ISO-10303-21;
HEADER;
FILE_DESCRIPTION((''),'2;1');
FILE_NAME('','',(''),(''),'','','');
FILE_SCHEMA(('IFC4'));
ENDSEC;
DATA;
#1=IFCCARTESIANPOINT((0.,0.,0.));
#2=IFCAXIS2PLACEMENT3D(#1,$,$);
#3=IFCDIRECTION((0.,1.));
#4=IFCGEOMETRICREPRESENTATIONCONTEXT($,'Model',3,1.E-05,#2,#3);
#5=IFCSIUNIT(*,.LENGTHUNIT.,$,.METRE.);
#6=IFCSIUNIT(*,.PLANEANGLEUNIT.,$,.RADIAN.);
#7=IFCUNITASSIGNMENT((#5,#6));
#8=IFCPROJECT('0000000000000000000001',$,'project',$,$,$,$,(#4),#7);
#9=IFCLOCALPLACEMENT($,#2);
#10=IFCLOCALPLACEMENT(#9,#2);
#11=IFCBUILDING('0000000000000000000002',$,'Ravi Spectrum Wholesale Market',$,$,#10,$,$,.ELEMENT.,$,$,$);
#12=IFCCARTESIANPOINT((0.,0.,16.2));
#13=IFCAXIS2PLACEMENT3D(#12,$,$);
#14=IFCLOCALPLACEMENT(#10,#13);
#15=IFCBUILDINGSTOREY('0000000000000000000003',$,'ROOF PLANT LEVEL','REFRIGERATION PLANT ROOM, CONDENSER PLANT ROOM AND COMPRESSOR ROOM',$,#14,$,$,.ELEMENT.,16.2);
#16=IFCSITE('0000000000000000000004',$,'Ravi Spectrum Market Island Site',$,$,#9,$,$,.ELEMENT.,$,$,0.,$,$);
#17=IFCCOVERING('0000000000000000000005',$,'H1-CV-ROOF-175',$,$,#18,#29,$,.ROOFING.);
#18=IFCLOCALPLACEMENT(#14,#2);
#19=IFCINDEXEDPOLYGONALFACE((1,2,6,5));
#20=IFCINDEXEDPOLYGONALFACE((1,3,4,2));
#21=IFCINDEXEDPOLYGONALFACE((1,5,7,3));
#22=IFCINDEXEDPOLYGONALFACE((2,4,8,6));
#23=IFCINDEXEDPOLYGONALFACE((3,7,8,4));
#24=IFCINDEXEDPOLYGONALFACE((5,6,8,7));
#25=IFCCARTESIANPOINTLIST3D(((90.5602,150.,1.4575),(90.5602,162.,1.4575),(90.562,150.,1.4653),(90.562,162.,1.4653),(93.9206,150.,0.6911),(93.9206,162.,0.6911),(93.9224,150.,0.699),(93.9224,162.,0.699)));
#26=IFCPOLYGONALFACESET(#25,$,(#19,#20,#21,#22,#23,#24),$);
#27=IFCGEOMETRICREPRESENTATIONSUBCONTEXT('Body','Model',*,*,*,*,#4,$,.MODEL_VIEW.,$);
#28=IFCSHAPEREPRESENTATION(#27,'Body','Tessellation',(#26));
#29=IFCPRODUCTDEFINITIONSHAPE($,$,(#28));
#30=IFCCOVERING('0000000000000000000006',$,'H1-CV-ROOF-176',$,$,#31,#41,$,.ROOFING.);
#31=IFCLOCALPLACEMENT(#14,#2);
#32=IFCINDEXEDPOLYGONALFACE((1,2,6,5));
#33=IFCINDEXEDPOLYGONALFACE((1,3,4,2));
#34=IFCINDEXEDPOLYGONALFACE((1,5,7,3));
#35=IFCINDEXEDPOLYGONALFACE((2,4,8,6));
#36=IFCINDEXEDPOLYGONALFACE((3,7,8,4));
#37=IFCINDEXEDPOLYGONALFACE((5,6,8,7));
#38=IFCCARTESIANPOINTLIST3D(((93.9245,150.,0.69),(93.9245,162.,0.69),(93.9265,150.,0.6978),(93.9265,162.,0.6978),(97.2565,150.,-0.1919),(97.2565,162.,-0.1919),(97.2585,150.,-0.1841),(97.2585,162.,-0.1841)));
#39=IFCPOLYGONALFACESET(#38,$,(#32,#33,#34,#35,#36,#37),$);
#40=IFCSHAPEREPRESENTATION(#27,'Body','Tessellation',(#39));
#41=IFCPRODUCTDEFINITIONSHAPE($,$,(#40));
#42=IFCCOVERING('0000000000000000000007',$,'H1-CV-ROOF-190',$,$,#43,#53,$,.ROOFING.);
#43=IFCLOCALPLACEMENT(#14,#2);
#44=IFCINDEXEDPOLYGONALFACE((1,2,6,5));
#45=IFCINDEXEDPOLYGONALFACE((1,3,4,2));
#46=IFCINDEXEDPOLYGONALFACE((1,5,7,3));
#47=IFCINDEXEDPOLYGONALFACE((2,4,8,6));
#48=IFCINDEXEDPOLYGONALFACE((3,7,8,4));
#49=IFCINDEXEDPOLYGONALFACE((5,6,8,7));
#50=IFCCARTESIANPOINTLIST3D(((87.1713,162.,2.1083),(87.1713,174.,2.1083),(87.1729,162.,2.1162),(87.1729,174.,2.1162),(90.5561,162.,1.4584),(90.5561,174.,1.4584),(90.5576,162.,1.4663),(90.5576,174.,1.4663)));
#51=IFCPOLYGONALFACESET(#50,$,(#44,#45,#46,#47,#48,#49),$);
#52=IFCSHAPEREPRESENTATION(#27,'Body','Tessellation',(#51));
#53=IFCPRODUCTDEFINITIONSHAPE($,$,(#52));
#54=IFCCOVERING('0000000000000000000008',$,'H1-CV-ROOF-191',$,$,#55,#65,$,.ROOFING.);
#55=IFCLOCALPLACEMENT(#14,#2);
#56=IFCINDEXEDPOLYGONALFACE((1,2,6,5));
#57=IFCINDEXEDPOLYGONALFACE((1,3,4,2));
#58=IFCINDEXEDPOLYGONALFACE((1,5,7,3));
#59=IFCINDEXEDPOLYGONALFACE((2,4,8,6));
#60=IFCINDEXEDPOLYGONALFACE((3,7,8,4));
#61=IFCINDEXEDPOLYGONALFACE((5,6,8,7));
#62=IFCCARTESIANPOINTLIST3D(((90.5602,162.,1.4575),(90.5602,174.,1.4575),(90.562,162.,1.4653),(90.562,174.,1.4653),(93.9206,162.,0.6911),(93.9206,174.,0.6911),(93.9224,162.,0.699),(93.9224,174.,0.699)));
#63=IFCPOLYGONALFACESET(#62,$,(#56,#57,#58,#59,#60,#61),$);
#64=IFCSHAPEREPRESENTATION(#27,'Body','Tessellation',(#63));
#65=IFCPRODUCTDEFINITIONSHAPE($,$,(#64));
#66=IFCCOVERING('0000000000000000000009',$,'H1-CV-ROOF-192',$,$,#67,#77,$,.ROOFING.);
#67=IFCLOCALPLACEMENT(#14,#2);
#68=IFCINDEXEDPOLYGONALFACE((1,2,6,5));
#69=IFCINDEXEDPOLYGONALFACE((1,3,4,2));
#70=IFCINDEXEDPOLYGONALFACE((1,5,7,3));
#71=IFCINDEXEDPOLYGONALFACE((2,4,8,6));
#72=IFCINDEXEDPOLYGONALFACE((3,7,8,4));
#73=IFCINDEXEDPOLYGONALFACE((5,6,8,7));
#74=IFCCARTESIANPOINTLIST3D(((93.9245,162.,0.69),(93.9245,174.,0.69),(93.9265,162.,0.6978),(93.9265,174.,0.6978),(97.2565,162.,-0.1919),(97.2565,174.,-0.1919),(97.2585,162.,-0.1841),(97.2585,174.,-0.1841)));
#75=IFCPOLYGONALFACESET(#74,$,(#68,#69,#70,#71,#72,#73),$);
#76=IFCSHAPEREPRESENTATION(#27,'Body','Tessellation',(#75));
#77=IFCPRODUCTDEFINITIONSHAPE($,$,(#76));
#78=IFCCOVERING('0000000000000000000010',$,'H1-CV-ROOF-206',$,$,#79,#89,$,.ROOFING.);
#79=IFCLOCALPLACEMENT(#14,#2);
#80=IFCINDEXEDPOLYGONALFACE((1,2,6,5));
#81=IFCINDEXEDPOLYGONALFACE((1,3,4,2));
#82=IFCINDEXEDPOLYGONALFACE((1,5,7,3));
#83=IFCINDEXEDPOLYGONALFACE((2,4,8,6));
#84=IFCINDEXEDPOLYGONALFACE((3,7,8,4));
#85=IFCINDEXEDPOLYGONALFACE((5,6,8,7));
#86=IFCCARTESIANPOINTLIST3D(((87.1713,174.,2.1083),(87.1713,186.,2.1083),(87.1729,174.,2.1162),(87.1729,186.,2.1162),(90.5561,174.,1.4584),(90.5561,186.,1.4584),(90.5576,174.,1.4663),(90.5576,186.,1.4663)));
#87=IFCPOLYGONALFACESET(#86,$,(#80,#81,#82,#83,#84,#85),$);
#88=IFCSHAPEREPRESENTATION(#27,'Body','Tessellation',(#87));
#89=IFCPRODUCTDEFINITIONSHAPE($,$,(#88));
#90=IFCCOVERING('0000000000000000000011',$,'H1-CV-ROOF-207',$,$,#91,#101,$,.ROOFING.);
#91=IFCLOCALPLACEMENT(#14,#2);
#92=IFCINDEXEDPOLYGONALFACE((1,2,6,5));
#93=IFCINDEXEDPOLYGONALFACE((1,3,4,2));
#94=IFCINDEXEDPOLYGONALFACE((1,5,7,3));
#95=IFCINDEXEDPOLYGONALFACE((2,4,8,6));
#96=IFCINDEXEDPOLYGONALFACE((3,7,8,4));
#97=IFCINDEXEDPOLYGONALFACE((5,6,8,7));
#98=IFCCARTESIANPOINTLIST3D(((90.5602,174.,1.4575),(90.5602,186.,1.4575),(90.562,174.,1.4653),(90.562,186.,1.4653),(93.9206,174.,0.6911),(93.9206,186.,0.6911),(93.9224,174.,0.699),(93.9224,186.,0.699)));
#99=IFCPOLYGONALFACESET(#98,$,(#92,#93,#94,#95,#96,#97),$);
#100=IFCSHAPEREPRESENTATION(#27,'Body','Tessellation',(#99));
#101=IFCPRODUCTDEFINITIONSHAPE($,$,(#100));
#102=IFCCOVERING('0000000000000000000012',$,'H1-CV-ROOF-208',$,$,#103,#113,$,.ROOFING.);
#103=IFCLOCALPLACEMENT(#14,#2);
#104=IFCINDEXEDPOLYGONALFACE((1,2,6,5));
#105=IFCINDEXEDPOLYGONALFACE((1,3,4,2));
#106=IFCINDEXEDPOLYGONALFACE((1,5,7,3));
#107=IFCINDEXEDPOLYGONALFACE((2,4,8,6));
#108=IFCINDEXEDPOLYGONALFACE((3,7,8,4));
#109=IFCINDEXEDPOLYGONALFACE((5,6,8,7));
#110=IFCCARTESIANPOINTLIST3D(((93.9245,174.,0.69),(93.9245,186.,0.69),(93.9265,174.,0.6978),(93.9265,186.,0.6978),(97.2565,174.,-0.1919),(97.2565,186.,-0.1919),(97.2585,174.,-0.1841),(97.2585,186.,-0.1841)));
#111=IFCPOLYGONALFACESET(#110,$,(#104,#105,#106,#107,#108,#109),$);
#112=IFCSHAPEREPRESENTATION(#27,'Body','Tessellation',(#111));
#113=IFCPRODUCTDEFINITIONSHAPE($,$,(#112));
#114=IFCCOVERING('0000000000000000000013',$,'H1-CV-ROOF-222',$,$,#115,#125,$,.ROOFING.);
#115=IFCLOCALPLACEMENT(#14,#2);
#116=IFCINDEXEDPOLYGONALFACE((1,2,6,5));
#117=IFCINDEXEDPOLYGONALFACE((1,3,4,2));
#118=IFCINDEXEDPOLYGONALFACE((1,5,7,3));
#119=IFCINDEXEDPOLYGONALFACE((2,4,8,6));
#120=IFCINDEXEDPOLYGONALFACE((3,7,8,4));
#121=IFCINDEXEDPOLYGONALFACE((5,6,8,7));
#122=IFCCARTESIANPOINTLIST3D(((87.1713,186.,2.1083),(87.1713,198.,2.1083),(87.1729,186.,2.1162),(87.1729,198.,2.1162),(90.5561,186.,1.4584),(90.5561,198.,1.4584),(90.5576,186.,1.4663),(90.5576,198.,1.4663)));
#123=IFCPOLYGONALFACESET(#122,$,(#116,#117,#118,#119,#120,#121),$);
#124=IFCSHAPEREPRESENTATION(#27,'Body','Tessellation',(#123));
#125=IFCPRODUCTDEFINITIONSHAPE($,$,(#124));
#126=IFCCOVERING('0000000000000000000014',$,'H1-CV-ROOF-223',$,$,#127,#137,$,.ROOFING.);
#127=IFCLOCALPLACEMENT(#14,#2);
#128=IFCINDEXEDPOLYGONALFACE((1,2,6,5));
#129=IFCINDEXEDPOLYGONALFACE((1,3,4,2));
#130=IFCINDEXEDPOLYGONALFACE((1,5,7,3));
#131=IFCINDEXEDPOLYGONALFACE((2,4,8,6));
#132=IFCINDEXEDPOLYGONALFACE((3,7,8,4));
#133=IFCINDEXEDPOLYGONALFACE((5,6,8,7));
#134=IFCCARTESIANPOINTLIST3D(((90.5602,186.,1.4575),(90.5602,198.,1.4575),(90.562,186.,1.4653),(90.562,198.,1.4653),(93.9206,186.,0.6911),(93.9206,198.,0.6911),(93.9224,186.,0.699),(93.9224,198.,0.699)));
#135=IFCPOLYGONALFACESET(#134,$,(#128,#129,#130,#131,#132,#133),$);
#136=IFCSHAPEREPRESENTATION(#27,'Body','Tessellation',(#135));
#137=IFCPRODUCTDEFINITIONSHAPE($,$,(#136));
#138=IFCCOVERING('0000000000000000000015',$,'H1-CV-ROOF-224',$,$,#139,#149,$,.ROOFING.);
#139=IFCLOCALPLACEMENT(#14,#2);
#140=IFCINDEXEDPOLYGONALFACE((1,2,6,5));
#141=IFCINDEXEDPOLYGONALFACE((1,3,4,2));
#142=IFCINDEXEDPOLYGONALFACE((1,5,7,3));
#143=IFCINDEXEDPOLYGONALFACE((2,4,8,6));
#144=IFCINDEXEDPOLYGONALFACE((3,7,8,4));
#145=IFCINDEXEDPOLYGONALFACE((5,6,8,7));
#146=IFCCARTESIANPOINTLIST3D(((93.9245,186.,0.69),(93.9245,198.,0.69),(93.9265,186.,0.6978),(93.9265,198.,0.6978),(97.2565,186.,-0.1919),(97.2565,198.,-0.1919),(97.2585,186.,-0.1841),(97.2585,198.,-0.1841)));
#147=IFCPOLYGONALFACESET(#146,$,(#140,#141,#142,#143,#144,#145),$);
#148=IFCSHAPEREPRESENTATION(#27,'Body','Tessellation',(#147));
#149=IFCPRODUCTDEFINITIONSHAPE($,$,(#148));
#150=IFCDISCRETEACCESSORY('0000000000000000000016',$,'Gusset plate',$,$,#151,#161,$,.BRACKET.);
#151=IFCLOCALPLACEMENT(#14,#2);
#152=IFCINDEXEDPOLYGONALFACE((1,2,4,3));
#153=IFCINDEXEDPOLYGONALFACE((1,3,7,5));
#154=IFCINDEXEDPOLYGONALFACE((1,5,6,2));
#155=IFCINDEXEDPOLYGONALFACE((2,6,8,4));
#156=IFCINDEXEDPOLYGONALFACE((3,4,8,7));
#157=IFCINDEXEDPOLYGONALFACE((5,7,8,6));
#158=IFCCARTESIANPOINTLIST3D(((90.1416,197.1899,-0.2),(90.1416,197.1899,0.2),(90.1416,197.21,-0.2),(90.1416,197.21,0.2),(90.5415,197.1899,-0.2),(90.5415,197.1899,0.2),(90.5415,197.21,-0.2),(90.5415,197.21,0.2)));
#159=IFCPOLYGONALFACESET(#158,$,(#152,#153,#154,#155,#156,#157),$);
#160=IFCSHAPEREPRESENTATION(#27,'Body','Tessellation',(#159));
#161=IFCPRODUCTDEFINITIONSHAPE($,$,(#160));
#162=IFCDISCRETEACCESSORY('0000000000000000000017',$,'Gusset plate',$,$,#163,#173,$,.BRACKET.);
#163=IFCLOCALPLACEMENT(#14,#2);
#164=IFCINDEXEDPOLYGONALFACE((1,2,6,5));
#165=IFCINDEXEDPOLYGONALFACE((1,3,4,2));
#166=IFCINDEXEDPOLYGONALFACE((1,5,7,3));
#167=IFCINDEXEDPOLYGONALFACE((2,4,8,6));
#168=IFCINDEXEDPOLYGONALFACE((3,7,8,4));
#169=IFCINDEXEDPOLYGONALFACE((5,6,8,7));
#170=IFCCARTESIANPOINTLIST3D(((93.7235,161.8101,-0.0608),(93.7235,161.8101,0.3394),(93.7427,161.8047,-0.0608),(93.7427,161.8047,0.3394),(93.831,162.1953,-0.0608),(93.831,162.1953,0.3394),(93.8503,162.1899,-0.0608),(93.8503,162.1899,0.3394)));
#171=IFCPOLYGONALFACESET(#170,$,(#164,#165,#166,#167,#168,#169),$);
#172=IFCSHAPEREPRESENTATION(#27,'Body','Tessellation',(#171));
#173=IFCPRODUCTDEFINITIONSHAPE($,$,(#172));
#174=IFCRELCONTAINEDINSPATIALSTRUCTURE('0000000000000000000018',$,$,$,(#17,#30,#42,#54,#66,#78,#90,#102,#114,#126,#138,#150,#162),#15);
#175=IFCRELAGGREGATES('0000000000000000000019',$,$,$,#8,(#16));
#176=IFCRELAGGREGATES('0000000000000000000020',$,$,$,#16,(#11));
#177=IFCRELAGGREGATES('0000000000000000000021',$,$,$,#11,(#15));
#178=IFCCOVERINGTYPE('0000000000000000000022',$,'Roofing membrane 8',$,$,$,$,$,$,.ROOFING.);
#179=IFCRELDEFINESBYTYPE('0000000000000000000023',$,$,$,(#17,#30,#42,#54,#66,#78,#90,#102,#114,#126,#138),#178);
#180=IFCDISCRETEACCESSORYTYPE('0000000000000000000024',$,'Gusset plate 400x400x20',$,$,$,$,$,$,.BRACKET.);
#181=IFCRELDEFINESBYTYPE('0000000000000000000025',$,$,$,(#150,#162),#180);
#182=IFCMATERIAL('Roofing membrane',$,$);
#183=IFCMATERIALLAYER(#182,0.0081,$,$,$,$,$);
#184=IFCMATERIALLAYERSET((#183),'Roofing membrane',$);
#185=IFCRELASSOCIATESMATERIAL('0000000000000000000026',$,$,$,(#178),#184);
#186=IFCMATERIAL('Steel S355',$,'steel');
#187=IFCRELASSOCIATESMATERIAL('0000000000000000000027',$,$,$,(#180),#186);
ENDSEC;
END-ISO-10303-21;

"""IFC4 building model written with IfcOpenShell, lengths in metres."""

from ifc_helpers import new_model, si_unit, direction, frame, origin, origin_2d, place, context, subcontext, project, spatial, polyline, rectangle, outline, extrude, material, layer, layer_set, material_profile, profile_set, type_object, element, save


model = new_model("IFC4")

# Units and contexts
model_context = context("Model", 3, precision=1e-05, world=origin(), true_north=direction((0.0, 1.0)))
body_context = subcontext(model_context, "Body", "Model", "MODEL_VIEW")
ifc_project = project(units=[si_unit("LENGTHUNIT", "METRE"), si_unit("PLANEANGLEUNIT", "RADIAN")], contexts=[model_context])

# Site, building, storey
site_placement = place(None, origin())
site = spatial("IfcSite", under=ifc_project, at=site_placement, Name="Ravi Spectrum Market Island Site", CompositionType="ELEMENT", RefElevation=0.0)
building_placement = place(site_placement, origin())
building = spatial("IfcBuilding", under=site, at=building_placement, Name="Ravi Spectrum Wholesale Market", CompositionType="ELEMENT")
storey_placement = place(building_placement, frame((0.0, 0.0, 16.2)))
storey = spatial("IfcBuildingStorey", under=building, at=storey_placement, Name="ROOF PLANT LEVEL", Description="REFRIGERATION PLANT ROOM, CONDENSER PLANT ROOM AND COMPRESSOR ROOM", CompositionType="ELEMENT", Elevation=16.2)

# Coverings
ifc_material_1 = material(Name="Roofing membrane")
ifc_layer_1 = layer(ifc_material_1, 0.0081)
ifc_layer_set_1 = layer_set([ifc_layer_1], Name="Roofing membrane")
covering_type = type_object("IfcCoveringType", Name="Roofing membrane 8", PredefinedType="ROOFING", material=ifc_layer_set_1)
covering_1_placement = place(storey_placement, frame((90.562, 150.0, 1.4653), z_axis=(0.22235, 0.0, 0.974967), x_axis=(0.974967, 0.0, -0.22235)))
element("IfcCovering", 1, at=covering_1_placement, inside=storey, type_object=covering_type, Name="H1-CV-ROOF-175", PredefinedType="ROOFING", context=body_context, shape_type="SweptSolid", body=[
    extrude(outline(polyline([(0.0, 0.0), (3.4466, 0.0), (3.4466, 12.0), (0.0, 12.0), (0.0, 0.0)])), origin(), (0.0, 0.0, -1.0), 0.0081),
])
covering_2_placement = place(storey_placement, frame((93.9265, 150.0, 0.6978), z_axis=(0.255846, 0.0, 0.966718), x_axis=(0.966718, 0.0, -0.255846)))
element("IfcCovering", 2, at=covering_2_placement, inside=storey, type_object=covering_type, Name="H1-CV-ROOF-176", PredefinedType="ROOFING", context=body_context, shape_type="SweptSolid", body=[
    extrude(outline(polyline([(0.0, 0.0), (3.4467, 0.0), (3.4467, 12.0), (0.0, 12.0), (0.0, 0.0)])), origin(), (0.0, 0.0, -1.0), 0.0081),
])
covering_3_placement = place(storey_placement, frame((87.1729, 162.0, 2.1162), z_axis=(0.188564, 0.0, 0.982061), x_axis=(0.982061, 0.0, -0.188564)))
element("IfcCovering", 3, at=covering_3_placement, inside=storey, type_object=covering_type, Name="H1-CV-ROOF-190", PredefinedType="ROOFING", context=body_context, shape_type="SweptSolid", body=[
    extrude(outline(polyline([(0.0, 0.0), (3.4466, 0.0), (3.4466, 12.0), (0.0, 12.0), (0.0, 0.0)])), origin(), (0.0, 0.0, -1.0), 0.0081),
])
covering_4_placement = place(storey_placement, frame((90.562, 162.0, 1.4653), z_axis=(0.22235, 0.0, 0.974967), x_axis=(0.974967, 0.0, -0.22235)))
element("IfcCovering", 4, at=covering_4_placement, inside=storey, type_object=covering_type, Name="H1-CV-ROOF-191", PredefinedType="ROOFING", context=body_context, shape_type="SweptSolid", body=[
    extrude(outline(polyline([(0.0, 0.0), (3.4466, 0.0), (3.4466, 12.0), (0.0, 12.0), (0.0, 0.0)])), origin(), (0.0, 0.0, -1.0), 0.0081),
])
covering_5_placement = place(storey_placement, frame((93.9265, 162.0, 0.6978), z_axis=(0.255846, 0.0, 0.966718), x_axis=(0.966718, 0.0, -0.255846)))
element("IfcCovering", 5, at=covering_5_placement, inside=storey, type_object=covering_type, Name="H1-CV-ROOF-192", PredefinedType="ROOFING", context=body_context, shape_type="SweptSolid", body=[
    extrude(outline(polyline([(0.0, 0.0), (3.4467, 0.0), (3.4467, 12.0), (0.0, 12.0), (0.0, 0.0)])), origin(), (0.0, 0.0, -1.0), 0.0081),
])
covering_6_placement = place(storey_placement, frame((87.1729, 174.0, 2.1162), z_axis=(0.188564, 0.0, 0.982061), x_axis=(0.982061, 0.0, -0.188564)))
element("IfcCovering", 6, at=covering_6_placement, inside=storey, type_object=covering_type, Name="H1-CV-ROOF-206", PredefinedType="ROOFING", context=body_context, shape_type="SweptSolid", body=[
    extrude(outline(polyline([(0.0, 0.0), (3.4466, 0.0), (3.4466, 12.0), (0.0, 12.0), (0.0, 0.0)])), origin(), (0.0, 0.0, -1.0), 0.0081),
])
covering_7_placement = place(storey_placement, frame((90.562, 174.0, 1.4653), z_axis=(0.22235, 0.0, 0.974967), x_axis=(0.974967, 0.0, -0.22235)))
element("IfcCovering", 7, at=covering_7_placement, inside=storey, type_object=covering_type, Name="H1-CV-ROOF-207", PredefinedType="ROOFING", context=body_context, shape_type="SweptSolid", body=[
    extrude(outline(polyline([(0.0, 0.0), (3.4466, 0.0), (3.4466, 12.0), (0.0, 12.0), (0.0, 0.0)])), origin(), (0.0, 0.0, -1.0), 0.0081),
])
covering_8_placement = place(storey_placement, frame((93.9265, 174.0, 0.6978), z_axis=(0.255846, 0.0, 0.966718), x_axis=(0.966718, 0.0, -0.255846)))
element("IfcCovering", 8, at=covering_8_placement, inside=storey, type_object=covering_type, Name="H1-CV-ROOF-208", PredefinedType="ROOFING", context=body_context, shape_type="SweptSolid", body=[
    extrude(outline(polyline([(0.0, 0.0), (3.4467, 0.0), (3.4467, 12.0), (0.0, 12.0), (0.0, 0.0)])), origin(), (0.0, 0.0, -1.0), 0.0081),
])
covering_9_placement = place(storey_placement, frame((87.1729, 186.0, 2.1162), z_axis=(0.188564, 0.0, 0.982061), x_axis=(0.982061, 0.0, -0.188564)))
element("IfcCovering", 9, at=covering_9_placement, inside=storey, type_object=covering_type, Name="H1-CV-ROOF-222", PredefinedType="ROOFING", context=body_context, shape_type="SweptSolid", body=[
    extrude(outline(polyline([(0.0, 0.0), (3.4466, 0.0), (3.4466, 12.0), (0.0, 12.0), (0.0, 0.0)])), origin(), (0.0, 0.0, -1.0), 0.0081),
])
covering_10_placement = place(storey_placement, frame((90.562, 186.0, 1.4653), z_axis=(0.22235, 0.0, 0.974967), x_axis=(0.974967, 0.0, -0.22235)))
element("IfcCovering", 10, at=covering_10_placement, inside=storey, type_object=covering_type, Name="H1-CV-ROOF-223", PredefinedType="ROOFING", context=body_context, shape_type="SweptSolid", body=[
    extrude(outline(polyline([(0.0, 0.0), (3.4466, 0.0), (3.4466, 12.0), (0.0, 12.0), (0.0, 0.0)])), origin(), (0.0, 0.0, -1.0), 0.0081),
])
covering_11_placement = place(storey_placement, frame((93.9265, 186.0, 0.6978), z_axis=(0.255846, 0.0, 0.966718), x_axis=(0.966718, 0.0, -0.255846)))
element("IfcCovering", 11, at=covering_11_placement, inside=storey, type_object=covering_type, Name="H1-CV-ROOF-224", PredefinedType="ROOFING", context=body_context, shape_type="SweptSolid", body=[
    extrude(outline(polyline([(0.0, 0.0), (3.4467, 0.0), (3.4467, 12.0), (0.0, 12.0), (0.0, 0.0)])), origin(), (0.0, 0.0, -1.0), 0.0081),
])

# Discrete accessories
ifc_material_2 = material(Name="Steel S355", Category="steel")
ifc_material_profile_1 = material_profile(ifc_material_2, rectangle(XDim=0.3999, YDim=0.02, at=origin_2d()))
ifc_profile_set_1 = profile_set([ifc_material_profile_1], Name="Steel S355")
discrete_accessory_type = type_object("IfcDiscreteAccessoryType", Name="Gusset plate 400x400x20", PredefinedType="BRACKET", material=ifc_profile_set_1)
discrete_accessory_1_placement = place(storey_placement, frame((90.3416, 197.2, -0.2), z_axis=(0.0, 0.0, 1.0), x_axis=(1.0, 0.0, 0.0)))
element("IfcDiscreteAccessory", 12, at=discrete_accessory_1_placement, inside=storey, type_object=discrete_accessory_type, Name="Gusset plate", PredefinedType="BRACKET", context=body_context, shape_type="SweptSolid", body=[
    extrude(rectangle(XDim=0.3999, YDim=0.02, at=origin_2d()), origin(), (0.0, 0.0, 1.0), 0.3999),
])
discrete_accessory_2_placement = place(storey_placement, frame((93.7869, 162.0, -0.0608), z_axis=(0.0, 0.0, 1.0), x_axis=(0.268923, 0.963162, 0.0)))
element("IfcDiscreteAccessory", 13, at=discrete_accessory_2_placement, inside=storey, type_object=discrete_accessory_type, Name="Gusset plate", PredefinedType="BRACKET", context=body_context, shape_type="SweptSolid", body=[
    extrude(rectangle(XDim=0.3999, YDim=0.02, at=origin_2d()), origin(), (0.0, 0.0, 1.0), 0.4001),
])

save(model, "model.ifc")
